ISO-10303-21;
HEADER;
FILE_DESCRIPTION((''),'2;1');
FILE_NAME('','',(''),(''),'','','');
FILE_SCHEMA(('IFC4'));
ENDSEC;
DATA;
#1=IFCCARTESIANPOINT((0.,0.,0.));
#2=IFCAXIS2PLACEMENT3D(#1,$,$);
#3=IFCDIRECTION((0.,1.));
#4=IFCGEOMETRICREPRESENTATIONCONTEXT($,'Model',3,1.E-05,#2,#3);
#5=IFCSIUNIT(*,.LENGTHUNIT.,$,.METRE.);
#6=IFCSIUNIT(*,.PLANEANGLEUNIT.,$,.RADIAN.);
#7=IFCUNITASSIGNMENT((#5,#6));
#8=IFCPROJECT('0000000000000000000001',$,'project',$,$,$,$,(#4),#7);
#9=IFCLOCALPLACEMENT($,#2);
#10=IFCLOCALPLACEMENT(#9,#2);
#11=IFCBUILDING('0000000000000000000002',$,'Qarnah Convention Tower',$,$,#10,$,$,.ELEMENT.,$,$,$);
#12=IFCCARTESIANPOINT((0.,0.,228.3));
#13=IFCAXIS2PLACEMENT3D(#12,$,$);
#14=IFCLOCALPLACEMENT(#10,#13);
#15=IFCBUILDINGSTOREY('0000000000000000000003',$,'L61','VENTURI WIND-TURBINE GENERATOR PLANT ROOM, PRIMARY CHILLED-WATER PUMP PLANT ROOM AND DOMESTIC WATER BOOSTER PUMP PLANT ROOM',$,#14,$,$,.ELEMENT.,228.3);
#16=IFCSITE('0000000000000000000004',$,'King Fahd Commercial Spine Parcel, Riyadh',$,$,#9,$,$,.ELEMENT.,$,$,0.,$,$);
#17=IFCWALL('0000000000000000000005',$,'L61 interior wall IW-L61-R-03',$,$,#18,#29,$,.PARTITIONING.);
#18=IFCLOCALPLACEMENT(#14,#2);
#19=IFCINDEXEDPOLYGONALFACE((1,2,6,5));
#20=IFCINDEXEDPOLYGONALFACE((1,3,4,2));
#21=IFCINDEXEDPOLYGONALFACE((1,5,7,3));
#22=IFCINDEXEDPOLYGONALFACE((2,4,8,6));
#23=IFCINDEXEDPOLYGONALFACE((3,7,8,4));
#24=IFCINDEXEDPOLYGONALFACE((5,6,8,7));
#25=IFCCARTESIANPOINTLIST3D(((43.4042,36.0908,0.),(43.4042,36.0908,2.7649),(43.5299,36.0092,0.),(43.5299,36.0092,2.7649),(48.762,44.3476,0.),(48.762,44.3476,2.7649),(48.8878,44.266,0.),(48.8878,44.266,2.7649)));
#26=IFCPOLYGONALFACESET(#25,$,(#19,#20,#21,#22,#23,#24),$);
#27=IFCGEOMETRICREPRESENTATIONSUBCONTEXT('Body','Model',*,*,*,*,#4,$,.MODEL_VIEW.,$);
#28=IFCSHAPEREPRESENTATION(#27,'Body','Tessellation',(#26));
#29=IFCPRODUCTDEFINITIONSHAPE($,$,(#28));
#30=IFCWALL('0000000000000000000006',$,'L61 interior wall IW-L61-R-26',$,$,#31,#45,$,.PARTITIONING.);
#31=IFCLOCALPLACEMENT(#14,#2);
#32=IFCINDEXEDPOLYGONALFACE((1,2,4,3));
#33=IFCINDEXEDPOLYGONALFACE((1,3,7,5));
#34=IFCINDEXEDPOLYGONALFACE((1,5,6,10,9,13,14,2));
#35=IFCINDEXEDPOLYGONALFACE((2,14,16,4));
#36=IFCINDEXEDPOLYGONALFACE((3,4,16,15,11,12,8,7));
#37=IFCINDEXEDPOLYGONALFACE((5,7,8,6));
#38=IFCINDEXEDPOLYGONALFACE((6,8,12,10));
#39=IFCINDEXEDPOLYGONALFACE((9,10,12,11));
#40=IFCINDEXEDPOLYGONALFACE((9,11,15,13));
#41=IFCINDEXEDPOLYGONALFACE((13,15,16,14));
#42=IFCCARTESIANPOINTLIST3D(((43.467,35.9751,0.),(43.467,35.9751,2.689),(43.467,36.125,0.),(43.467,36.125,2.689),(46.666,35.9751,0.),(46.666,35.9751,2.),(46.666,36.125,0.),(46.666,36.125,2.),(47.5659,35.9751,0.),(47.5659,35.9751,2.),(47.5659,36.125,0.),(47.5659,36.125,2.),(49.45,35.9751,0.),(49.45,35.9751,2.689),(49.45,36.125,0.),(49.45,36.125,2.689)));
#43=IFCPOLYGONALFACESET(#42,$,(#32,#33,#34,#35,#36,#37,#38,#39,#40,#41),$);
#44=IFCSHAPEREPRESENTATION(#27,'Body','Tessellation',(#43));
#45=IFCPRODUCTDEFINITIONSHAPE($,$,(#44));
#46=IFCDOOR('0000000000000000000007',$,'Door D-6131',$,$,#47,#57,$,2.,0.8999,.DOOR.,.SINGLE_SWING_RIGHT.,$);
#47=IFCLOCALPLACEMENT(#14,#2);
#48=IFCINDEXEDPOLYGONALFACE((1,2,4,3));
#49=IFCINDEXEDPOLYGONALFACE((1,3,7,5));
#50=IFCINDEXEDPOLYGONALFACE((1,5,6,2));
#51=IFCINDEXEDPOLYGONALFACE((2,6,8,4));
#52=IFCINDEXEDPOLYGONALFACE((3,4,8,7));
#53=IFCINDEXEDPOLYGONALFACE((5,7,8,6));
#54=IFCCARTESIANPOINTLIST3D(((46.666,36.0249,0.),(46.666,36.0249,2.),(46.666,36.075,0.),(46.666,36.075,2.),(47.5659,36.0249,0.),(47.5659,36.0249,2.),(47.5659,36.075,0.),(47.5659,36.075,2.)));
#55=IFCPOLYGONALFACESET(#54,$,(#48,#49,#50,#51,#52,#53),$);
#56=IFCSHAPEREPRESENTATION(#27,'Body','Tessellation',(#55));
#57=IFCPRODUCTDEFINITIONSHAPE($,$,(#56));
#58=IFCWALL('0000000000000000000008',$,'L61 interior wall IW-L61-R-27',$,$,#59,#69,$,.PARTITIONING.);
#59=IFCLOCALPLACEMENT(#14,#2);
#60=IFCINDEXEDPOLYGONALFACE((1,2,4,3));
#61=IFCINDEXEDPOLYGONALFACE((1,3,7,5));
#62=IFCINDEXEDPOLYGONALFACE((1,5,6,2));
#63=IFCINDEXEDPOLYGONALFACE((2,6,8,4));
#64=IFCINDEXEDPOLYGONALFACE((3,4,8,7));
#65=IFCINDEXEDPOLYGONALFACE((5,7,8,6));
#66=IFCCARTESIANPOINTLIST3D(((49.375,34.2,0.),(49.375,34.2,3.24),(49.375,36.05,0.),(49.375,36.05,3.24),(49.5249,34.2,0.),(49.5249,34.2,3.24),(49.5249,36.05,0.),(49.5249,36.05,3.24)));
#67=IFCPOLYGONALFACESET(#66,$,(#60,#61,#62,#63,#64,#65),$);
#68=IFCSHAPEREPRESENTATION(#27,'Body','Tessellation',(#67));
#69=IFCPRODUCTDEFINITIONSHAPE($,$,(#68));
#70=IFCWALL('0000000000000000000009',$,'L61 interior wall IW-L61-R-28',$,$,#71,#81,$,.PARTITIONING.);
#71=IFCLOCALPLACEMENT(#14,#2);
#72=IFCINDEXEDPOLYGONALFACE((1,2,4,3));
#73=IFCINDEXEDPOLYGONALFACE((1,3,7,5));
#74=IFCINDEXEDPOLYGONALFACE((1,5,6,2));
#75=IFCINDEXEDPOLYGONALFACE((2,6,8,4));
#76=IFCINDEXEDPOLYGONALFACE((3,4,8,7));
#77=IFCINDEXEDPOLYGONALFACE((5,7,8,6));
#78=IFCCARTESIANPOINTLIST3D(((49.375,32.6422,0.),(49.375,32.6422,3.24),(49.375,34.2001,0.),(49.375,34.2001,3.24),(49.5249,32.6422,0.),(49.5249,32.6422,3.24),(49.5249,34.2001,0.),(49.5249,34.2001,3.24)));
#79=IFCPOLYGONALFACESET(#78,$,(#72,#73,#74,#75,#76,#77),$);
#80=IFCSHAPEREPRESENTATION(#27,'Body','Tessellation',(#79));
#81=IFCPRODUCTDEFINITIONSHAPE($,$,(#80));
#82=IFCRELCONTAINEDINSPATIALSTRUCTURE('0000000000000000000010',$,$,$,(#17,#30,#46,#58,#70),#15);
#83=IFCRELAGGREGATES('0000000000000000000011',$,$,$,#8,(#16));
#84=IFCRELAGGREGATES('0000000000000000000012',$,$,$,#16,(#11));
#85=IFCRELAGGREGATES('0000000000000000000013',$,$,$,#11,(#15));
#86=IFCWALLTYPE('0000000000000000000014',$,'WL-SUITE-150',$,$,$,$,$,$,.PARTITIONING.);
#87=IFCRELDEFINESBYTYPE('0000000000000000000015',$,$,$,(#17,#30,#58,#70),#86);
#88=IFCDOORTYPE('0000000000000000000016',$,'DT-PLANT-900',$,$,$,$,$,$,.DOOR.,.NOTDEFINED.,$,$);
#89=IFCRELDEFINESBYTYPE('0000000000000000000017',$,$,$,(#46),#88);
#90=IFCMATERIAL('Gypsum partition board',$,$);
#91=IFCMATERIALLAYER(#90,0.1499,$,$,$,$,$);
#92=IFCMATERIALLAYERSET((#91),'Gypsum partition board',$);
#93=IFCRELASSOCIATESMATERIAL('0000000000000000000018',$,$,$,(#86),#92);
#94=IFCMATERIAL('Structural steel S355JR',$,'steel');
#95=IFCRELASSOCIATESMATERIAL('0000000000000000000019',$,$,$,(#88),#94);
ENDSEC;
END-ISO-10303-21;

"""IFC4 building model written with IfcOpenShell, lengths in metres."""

from ifc_helpers import new_model, si_unit, direction, frame, frame_2d, origin, place, context, subcontext, project, spatial, rectangle, extrude, material, layer, layer_set, type_object, element, fill, save


model = new_model("IFC4")

# Units and contexts
model_context = context("Model", 3, precision=1e-05, world=origin(), true_north=direction((0.0, 1.0)))
body_context = subcontext(model_context, "Body", "Model", "MODEL_VIEW")
ifc_project = project(units=[si_unit("LENGTHUNIT", "METRE"), si_unit("PLANEANGLEUNIT", "RADIAN")], contexts=[model_context])

# Site, building, storey
site_placement = place(None, origin())
site = spatial("IfcSite", under=ifc_project, at=site_placement, Name="King Fahd Commercial Spine Parcel, Riyadh", CompositionType="ELEMENT", RefElevation=0.0)
building_placement = place(site_placement, origin())
building = spatial("IfcBuilding", under=site, at=building_placement, Name="Qarnah Convention Tower", CompositionType="ELEMENT")
storey_placement = place(building_placement, frame((0.0, 0.0, 228.3)))
storey = spatial("IfcBuildingStorey", under=building, at=storey_placement, Name="L61", Description="VENTURI WIND-TURBINE GENERATOR PLANT ROOM, PRIMARY CHILLED-WATER PUMP PLANT ROOM AND DOMESTIC WATER BOOSTER PUMP PLANT ROOM", CompositionType="ELEMENT", Elevation=228.3)

# Shared definitions
ifc_material_1 = material(Name="Structural steel S355JR", Category="steel")

# Shared definitions
ifc_material_2 = material(Name="Gypsum partition board")
ifc_layer_1 = layer(ifc_material_2, 0.1499)
ifc_layer_set_1 = layer_set([ifc_layer_1], Name="Gypsum partition board")
wall_type = type_object("IfcWallType", Name="WL-SUITE-150", PredefinedType="PARTITIONING", material=ifc_layer_set_1)

# Shared definitions
door_type = type_object("IfcDoorType", Name="DT-PLANT-900", OperationType="NOTDEFINED", PredefinedType="DOOR", material=ifc_material_1)

# Wall
wall_1_placement = place(storey_placement, frame((43.467, 36.05, 0.0), z_axis=(0.0, 0.0, 1.0), x_axis=(0.544343, 0.838863, 0.0)))
element("IfcWall", 1, at=wall_1_placement, inside=storey, type_object=wall_type, Name="L61 interior wall IW-L61-R-03", PredefinedType="PARTITIONING", context=body_context, shape_type="SweptSolid", body=[
    extrude(rectangle(XDim=9.8428, YDim=0.1499, at=frame_2d((4.9214, 0.0))), origin(), (0.0, 0.0, 1.0), 2.7649),
])

# Wall, opening, door
wall_2_placement = place(storey_placement, frame((43.467, 36.05, 0.0), z_axis=(0.0, 0.0, 1.0), x_axis=(1.0, 0.0, 0.0)))
wall_2 = element("IfcWall", 2, at=wall_2_placement, inside=storey, type_object=wall_type, Name="L61 interior wall IW-L61-R-26", PredefinedType="PARTITIONING", context=body_context, shape_type="SweptSolid", body=[
    extrude(rectangle(XDim=5.9829, YDim=0.1499, at=frame_2d((2.9915, 0.0))), origin(), (0.0, 0.0, 1.0), 2.689),
])
opening_1_placement = place(wall_2_placement, frame((3.199, 0.0, 0.0)))
opening_1 = element("IfcOpeningElement", 3, at=opening_1_placement, cuts=wall_2, PredefinedType="OPENING", context=body_context, shape_type="SweptSolid", body=[
    extrude(rectangle(XDim=0.8999, YDim=2.0, at=frame_2d((0.45, 1.0))), frame((0.0, 0.085, 0.0), z_axis=(0.0, -1.0, 0.0), x_axis=(1.0, 0.0, 0.0)), (0.0, 0.0, 1.0), 0.1699),
])
door_1_placement = place(opening_1_placement, origin())
door_1 = element("IfcDoor", 4, at=door_1_placement, inside=storey, type_object=door_type, Name="Door D-6131", OperationType="SINGLE_SWING_RIGHT", OverallHeight=2.0, OverallWidth=0.8999, PredefinedType="DOOR", context=body_context, shape_type="SweptSolid", body=[
    extrude(rectangle(XDim=0.8999, YDim=2.0, at=frame_2d((0.45, 1.0))), frame((0.0, 0.0249, 0.0), z_axis=(0.0, -1.0, 0.0), x_axis=(1.0, 0.0, 0.0)), (0.0, 0.0, 1.0), 0.05),
])
fill(opening_1, door_1)

# Walls
wall_3_placement = place(storey_placement, frame((49.45, 36.05, 0.0), z_axis=(0.0, 0.0, 1.0), x_axis=(0.0, -1.0, 0.0)))
element("IfcWall", 5, at=wall_3_placement, inside=storey, type_object=wall_type, Name="L61 interior wall IW-L61-R-27", PredefinedType="PARTITIONING", context=body_context, shape_type="SweptSolid", body=[
    extrude(rectangle(XDim=1.8501, YDim=0.1499, at=frame_2d((0.925, 0.0))), origin(), (0.0, 0.0, 1.0), 3.24),
])
wall_4_placement = place(storey_placement, frame((49.45, 34.2, 0.0), z_axis=(0.0, 0.0, 1.0), x_axis=(0.0, -1.0, 0.0)))
element("IfcWall", 6, at=wall_4_placement, inside=storey, type_object=wall_type, Name="L61 interior wall IW-L61-R-28", PredefinedType="PARTITIONING", context=body_context, shape_type="SweptSolid", body=[
    extrude(rectangle(XDim=1.5579, YDim=0.1499, at=frame_2d((0.7788, 0.0))), origin(), (0.0, 0.0, 1.0), 3.24),
])

save(model, "model.ifc")
